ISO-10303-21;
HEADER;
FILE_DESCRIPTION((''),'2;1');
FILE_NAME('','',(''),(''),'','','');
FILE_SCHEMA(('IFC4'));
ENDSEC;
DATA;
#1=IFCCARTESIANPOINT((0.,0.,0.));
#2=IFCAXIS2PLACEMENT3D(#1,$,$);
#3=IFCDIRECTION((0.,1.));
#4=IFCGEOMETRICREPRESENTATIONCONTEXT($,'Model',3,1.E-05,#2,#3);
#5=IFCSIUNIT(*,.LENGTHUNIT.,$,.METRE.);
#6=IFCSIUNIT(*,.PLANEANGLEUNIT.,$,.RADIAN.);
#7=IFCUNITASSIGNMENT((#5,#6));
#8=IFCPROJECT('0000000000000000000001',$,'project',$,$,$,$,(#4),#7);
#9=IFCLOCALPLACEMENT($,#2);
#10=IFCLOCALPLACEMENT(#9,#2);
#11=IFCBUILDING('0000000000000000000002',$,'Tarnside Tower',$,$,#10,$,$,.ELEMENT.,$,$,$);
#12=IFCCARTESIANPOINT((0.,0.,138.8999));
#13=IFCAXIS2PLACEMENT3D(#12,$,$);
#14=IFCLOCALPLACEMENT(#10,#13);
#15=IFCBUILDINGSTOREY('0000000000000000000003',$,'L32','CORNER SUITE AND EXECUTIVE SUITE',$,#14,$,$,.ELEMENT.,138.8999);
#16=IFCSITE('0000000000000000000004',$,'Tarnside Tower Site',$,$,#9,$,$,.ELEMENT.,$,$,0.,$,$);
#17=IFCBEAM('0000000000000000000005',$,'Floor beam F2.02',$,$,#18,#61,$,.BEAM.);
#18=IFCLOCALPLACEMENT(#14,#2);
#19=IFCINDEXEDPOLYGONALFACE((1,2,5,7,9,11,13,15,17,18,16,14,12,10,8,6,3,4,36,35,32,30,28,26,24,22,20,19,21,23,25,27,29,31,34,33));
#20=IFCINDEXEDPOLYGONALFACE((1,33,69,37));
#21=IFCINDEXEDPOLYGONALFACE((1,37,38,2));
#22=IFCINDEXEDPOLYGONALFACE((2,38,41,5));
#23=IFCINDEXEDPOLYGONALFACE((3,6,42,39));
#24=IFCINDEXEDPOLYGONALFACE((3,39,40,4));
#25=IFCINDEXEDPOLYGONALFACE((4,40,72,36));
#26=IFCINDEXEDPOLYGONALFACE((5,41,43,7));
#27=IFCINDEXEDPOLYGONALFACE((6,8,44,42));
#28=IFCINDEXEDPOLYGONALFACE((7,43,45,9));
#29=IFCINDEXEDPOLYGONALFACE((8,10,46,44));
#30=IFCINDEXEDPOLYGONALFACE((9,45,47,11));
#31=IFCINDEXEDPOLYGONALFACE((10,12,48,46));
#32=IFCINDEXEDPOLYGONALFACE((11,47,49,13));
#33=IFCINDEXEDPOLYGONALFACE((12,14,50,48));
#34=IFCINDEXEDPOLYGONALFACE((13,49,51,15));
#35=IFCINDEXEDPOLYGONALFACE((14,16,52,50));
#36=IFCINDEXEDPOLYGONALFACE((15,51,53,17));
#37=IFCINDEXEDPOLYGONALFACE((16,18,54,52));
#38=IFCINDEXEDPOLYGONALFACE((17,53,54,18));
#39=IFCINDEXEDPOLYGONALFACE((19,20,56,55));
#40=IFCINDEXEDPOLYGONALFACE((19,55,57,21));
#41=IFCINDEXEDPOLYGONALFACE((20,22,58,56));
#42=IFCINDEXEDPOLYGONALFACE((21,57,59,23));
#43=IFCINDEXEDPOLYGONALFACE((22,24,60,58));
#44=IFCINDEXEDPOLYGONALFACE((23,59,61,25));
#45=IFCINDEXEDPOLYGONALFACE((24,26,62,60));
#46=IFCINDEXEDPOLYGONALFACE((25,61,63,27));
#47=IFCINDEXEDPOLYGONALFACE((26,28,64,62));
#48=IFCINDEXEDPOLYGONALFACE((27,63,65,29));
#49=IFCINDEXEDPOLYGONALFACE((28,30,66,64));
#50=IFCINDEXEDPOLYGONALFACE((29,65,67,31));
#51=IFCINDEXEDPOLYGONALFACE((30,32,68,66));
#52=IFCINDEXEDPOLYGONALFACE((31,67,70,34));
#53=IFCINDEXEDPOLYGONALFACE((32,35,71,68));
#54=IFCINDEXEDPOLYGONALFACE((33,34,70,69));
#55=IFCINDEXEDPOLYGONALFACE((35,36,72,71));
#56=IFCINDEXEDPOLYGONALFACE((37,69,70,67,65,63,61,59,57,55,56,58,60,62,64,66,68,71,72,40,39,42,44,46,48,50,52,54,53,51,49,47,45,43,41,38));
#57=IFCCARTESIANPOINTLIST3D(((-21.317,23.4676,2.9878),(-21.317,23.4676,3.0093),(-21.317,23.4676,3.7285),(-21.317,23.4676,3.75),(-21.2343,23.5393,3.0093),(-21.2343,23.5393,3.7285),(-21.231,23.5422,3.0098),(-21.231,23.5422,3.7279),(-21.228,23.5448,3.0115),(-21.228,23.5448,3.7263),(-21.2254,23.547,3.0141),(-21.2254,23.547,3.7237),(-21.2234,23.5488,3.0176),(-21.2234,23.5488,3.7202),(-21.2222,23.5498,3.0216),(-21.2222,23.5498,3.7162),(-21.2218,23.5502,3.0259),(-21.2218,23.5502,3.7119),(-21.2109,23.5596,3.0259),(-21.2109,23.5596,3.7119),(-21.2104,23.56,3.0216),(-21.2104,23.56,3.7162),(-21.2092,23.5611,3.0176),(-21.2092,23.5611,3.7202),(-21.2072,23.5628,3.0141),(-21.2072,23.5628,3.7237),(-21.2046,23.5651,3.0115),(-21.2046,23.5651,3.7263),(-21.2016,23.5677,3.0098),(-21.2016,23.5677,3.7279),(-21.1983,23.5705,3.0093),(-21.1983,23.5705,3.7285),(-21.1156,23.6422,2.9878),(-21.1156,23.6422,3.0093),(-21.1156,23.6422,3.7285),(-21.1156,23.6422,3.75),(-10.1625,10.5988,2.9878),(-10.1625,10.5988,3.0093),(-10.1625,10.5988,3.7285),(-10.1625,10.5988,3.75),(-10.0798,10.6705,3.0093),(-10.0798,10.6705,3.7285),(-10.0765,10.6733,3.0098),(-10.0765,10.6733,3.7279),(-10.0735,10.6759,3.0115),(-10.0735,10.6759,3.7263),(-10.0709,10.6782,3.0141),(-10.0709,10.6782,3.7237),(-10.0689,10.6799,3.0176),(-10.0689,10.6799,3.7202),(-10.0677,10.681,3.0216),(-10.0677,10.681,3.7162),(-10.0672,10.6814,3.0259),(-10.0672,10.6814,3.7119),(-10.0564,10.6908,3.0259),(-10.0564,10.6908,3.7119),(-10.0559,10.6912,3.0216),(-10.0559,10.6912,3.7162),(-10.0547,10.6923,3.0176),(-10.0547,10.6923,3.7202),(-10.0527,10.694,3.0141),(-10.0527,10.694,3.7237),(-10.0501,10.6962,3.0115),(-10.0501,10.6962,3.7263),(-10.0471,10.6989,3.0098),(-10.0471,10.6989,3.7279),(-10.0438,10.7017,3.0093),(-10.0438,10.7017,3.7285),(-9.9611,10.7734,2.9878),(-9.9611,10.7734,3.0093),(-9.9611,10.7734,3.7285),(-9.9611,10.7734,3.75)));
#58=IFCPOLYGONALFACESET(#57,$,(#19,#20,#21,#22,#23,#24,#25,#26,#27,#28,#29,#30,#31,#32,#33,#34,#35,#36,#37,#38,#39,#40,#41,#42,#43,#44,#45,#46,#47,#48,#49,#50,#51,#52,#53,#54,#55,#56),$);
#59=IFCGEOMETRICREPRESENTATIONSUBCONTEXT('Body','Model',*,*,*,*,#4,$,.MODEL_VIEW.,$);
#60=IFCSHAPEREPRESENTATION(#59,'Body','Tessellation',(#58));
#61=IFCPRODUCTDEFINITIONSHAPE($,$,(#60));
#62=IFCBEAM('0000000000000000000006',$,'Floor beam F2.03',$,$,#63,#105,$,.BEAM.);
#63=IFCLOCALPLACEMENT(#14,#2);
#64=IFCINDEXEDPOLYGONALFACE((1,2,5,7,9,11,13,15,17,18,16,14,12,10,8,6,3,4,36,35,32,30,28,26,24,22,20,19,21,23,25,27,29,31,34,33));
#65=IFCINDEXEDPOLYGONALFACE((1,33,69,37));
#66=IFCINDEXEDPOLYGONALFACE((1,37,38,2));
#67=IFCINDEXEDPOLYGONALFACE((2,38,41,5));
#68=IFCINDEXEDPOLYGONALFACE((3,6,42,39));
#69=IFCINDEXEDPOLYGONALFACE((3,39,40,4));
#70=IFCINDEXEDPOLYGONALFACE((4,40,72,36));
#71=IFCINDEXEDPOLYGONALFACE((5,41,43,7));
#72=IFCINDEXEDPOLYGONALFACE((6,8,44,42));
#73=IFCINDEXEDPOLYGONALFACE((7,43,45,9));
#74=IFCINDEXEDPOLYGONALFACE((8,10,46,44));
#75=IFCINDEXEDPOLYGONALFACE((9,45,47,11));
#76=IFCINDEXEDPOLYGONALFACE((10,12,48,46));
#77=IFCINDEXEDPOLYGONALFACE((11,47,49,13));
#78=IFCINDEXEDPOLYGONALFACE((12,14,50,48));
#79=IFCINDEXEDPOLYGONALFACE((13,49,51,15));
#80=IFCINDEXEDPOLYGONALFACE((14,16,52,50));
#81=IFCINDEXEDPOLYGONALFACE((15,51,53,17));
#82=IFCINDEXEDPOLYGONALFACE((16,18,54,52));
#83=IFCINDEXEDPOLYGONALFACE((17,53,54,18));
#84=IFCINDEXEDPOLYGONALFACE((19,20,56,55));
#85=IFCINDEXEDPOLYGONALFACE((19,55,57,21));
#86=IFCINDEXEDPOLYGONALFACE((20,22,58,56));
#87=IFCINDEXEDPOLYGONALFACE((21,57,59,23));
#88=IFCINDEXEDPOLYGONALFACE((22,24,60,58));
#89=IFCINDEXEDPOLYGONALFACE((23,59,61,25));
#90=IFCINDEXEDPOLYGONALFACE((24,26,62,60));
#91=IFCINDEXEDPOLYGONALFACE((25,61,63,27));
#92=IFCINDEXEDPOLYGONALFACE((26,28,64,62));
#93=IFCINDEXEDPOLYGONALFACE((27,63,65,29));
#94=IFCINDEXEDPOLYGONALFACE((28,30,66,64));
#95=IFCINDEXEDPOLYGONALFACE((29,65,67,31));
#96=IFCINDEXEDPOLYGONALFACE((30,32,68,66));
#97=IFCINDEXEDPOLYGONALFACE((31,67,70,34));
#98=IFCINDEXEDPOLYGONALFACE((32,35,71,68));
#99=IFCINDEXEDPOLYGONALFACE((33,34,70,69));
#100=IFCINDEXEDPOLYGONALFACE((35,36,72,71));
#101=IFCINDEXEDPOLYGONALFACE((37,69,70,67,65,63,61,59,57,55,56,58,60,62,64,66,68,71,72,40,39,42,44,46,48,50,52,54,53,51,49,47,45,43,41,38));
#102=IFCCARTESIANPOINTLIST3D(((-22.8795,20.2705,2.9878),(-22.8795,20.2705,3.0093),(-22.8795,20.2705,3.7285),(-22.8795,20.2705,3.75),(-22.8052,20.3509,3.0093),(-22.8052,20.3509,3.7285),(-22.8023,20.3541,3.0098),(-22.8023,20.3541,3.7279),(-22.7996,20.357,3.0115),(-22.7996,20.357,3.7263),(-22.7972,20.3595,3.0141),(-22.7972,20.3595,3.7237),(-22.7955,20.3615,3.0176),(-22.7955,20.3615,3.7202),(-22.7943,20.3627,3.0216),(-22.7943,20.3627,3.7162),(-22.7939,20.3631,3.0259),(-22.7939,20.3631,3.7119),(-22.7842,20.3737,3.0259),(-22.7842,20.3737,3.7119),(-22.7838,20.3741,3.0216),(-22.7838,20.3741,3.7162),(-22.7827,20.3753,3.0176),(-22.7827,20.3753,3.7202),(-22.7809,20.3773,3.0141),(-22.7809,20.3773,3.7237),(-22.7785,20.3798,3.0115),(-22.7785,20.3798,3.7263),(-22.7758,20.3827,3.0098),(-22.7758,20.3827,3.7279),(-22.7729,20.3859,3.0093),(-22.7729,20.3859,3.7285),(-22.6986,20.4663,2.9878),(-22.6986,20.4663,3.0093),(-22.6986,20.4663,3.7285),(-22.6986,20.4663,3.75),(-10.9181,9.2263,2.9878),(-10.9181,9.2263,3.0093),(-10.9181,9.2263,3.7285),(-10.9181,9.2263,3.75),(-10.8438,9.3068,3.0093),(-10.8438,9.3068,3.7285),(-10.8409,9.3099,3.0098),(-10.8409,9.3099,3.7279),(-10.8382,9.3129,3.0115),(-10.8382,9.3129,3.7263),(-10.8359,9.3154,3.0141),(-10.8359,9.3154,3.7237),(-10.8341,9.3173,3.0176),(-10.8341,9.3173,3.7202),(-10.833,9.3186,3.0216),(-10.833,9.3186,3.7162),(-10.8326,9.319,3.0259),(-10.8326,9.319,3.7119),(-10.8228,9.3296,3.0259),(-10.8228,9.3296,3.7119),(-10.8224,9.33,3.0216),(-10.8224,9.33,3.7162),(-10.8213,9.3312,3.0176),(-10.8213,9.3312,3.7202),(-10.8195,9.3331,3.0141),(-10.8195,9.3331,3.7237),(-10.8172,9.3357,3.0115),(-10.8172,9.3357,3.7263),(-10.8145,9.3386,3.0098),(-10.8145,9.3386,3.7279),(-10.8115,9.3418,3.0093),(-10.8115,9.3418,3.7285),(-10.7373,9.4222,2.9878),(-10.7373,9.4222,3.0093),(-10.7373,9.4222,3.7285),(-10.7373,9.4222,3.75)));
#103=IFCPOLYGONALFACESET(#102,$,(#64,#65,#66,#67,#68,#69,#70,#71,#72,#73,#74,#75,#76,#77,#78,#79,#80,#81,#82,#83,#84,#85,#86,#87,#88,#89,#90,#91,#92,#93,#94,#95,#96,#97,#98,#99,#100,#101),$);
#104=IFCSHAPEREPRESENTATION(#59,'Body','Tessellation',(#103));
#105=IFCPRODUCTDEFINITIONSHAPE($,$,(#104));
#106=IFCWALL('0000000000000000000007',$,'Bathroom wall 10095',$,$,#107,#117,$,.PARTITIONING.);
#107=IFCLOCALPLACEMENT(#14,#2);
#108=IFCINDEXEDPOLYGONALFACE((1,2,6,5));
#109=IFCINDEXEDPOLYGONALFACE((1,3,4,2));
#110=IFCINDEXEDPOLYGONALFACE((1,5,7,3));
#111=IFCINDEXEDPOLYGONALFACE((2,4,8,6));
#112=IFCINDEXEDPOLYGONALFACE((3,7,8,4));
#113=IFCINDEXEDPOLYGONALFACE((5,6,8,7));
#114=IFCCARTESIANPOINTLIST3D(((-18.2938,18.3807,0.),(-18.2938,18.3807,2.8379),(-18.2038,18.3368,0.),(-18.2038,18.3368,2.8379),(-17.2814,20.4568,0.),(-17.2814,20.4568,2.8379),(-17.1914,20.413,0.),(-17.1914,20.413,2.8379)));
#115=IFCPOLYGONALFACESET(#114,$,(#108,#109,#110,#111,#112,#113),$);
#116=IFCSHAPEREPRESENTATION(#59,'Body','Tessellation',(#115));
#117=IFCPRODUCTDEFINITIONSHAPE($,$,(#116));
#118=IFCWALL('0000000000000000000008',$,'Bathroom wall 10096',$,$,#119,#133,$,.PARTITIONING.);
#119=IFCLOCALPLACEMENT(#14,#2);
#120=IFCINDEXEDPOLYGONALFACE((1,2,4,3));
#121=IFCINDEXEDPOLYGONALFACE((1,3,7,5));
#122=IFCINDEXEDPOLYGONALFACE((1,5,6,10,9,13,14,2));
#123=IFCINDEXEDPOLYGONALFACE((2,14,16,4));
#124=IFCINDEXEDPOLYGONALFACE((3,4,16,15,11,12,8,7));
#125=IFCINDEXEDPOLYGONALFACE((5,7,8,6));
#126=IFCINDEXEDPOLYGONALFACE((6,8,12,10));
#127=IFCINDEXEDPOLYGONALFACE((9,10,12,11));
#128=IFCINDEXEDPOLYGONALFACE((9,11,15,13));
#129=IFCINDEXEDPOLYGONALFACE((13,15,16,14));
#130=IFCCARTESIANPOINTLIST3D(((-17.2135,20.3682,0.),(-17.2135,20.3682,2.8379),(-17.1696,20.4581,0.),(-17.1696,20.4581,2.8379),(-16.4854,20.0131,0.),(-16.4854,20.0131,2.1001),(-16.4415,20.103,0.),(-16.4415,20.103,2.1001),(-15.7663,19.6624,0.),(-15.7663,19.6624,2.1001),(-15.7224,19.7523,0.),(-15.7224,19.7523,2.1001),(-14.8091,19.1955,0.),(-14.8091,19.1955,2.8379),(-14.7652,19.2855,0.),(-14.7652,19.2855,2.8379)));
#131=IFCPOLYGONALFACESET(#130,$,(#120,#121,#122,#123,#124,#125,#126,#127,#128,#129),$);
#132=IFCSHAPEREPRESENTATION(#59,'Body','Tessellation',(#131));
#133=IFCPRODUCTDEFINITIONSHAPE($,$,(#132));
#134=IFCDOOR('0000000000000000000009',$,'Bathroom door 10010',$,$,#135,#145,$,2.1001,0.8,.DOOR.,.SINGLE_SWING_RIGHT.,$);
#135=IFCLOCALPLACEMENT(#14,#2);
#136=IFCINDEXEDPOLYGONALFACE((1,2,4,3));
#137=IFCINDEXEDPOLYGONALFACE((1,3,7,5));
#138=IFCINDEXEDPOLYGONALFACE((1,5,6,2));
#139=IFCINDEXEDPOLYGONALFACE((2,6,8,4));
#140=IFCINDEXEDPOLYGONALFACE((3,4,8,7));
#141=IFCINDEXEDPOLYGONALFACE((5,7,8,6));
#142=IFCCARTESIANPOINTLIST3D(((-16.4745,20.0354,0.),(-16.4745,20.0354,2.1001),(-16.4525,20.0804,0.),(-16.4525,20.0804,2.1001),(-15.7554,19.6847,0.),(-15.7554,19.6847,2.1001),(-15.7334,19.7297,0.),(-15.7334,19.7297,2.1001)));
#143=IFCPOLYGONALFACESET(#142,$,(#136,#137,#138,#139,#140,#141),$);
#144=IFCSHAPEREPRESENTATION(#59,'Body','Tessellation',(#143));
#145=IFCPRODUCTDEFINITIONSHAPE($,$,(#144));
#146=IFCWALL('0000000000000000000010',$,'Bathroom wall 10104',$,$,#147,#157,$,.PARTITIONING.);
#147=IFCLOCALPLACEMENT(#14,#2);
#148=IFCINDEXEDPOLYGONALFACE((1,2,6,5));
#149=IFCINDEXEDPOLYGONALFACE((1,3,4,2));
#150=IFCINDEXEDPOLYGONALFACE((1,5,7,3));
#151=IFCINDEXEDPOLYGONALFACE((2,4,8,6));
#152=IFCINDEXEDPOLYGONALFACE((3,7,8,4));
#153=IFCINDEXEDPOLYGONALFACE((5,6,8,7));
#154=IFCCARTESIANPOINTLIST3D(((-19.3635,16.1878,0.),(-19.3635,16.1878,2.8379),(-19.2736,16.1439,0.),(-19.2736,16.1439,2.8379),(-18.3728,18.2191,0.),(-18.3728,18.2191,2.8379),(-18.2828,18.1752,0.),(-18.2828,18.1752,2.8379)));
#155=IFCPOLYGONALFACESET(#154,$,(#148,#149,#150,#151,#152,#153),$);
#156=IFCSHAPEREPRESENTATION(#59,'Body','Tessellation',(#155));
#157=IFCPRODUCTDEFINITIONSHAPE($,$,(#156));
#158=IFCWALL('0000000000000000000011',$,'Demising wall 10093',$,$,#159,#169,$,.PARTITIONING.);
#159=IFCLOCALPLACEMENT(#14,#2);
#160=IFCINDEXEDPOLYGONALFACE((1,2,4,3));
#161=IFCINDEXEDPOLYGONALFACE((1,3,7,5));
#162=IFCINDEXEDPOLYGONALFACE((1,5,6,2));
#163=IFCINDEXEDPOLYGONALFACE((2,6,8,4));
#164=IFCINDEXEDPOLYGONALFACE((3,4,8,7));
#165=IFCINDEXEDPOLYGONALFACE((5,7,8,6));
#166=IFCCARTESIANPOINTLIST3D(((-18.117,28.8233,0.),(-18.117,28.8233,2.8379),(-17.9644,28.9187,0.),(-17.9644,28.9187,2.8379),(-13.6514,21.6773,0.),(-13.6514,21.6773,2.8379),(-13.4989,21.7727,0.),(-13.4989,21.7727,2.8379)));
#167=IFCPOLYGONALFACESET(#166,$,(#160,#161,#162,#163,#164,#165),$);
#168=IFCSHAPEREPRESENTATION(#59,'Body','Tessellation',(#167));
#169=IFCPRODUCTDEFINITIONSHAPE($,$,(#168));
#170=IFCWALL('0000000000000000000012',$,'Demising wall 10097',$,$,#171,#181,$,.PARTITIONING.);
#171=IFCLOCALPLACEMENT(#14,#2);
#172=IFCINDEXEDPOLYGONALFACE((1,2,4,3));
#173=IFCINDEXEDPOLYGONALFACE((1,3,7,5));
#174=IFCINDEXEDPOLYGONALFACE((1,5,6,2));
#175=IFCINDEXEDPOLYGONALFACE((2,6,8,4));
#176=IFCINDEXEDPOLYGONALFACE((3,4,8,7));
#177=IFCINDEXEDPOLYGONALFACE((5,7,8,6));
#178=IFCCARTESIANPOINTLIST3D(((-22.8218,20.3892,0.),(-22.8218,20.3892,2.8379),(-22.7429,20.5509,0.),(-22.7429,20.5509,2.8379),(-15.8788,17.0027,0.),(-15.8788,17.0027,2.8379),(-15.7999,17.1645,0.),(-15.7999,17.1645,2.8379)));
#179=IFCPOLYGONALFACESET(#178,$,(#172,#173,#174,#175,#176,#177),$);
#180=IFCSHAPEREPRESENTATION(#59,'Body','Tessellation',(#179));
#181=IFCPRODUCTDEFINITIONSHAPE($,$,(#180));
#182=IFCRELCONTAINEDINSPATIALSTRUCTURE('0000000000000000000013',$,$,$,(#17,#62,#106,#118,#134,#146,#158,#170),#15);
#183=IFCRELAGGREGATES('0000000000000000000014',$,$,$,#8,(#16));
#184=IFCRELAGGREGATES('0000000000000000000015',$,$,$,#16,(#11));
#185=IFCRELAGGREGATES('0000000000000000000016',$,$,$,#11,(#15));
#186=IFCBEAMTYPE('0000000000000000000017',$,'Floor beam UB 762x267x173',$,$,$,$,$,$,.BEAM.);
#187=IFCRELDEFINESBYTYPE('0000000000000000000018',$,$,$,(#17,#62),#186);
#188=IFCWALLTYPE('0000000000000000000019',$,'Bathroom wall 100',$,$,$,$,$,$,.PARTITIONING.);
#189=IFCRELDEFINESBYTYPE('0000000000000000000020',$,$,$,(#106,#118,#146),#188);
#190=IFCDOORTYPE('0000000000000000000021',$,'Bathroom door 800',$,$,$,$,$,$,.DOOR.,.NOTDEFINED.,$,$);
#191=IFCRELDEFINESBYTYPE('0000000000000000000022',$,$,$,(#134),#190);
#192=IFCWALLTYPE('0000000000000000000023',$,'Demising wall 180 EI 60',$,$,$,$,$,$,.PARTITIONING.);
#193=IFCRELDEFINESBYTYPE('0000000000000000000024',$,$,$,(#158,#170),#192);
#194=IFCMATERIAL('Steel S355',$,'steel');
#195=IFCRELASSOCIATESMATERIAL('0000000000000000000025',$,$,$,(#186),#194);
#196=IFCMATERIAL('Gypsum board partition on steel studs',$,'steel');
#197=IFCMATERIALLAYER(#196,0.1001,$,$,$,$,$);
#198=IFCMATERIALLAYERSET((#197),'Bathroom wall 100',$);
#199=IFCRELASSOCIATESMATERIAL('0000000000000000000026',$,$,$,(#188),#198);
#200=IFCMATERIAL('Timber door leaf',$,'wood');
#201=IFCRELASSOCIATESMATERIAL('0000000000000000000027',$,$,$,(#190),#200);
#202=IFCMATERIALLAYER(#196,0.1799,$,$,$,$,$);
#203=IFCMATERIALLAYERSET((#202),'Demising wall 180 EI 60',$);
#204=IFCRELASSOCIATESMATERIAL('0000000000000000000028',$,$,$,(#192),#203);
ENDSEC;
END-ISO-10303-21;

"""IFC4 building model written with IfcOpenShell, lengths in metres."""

from ifc_helpers import new_model, si_unit, direction, frame, frame_2d, origin, origin_2d, place, context, subcontext, project, spatial, rectangle, i_section, extrude, material, layer, layer_set, material_profile, profile_set, type_object, element, fill, save


model = new_model("IFC4")

# Units and contexts
model_context = context("Model", 3, precision=1e-05, world=origin(), true_north=direction((0.0, 1.0)))
body_context = subcontext(model_context, "Body", "Model", "MODEL_VIEW")
ifc_project = project(units=[si_unit("LENGTHUNIT", "METRE"), si_unit("PLANEANGLEUNIT", "RADIAN")], contexts=[model_context])

# Site, building, storey
site_placement = place(None, origin())
site = spatial("IfcSite", under=ifc_project, at=site_placement, Name="Tarnside Tower Site", CompositionType="ELEMENT", RefElevation=0.0)
building_placement = place(site_placement, origin())
building = spatial("IfcBuilding", under=site, at=building_placement, Name="Tarnside Tower", CompositionType="ELEMENT")
storey_placement = place(building_placement, frame((0.0, 0.0, 138.8999)))
storey = spatial("IfcBuildingStorey", under=building, at=storey_placement, Name="L32", Description="CORNER SUITE AND EXECUTIVE SUITE", CompositionType="ELEMENT", Elevation=138.8999)

# Beams
ifc_material_1 = material(Name="Steel S355", Category="steel")
ifc_material_profile_1 = material_profile(ifc_material_1, i_section(OverallWidth=0.2666, OverallDepth=0.7622, WebThickness=0.0144, FlangeThickness=0.0215, FilletRadius=0.0166, at=origin_2d()), Name="UB 762x267x173")
ifc_profile_set_1 = profile_set([ifc_material_profile_1], Name="Steel S355")
beam_type_1 = type_object("IfcBeamType", Name="Floor beam UB 762x267x173", PredefinedType="BEAM", material=ifc_profile_set_1)
beam_1_placement = place(storey_placement, frame((-21.2163, 23.5549, 3.3689), z_axis=(0.654981, -0.755646, 0.0), x_axis=(0.755646, 0.654981, 0.0)))
element("IfcBeam", 1, at=beam_1_placement, inside=storey, type_object=beam_type_1, Name="Floor beam F2.02", PredefinedType="BEAM", context=body_context, shape_type="SweptSolid", body=[
    extrude(i_section(OverallWidth=0.2666, OverallDepth=0.7622, WebThickness=0.0144, FlangeThickness=0.0215, FilletRadius=0.0166, at=origin_2d()), origin(), (0.0, 0.0, 1.0), 17.0303),
])
beam_2_placement = place(storey_placement, frame((-22.7891, 20.3684, 3.3689), z_axis=(0.734715, -0.678375, 0.0), x_axis=(0.678375, 0.734715, 0.0)))
element("IfcBeam", 2, at=beam_2_placement, inside=storey, type_object=beam_type_1, Name="Floor beam F2.03", PredefinedType="BEAM", context=body_context, shape_type="SweptSolid", body=[
    extrude(i_section(OverallWidth=0.2666, OverallDepth=0.7622, WebThickness=0.0144, FlangeThickness=0.0215, FilletRadius=0.0166, at=origin_2d()), origin(), (0.0, 0.0, 1.0), 16.2803),
])

# Wall
ifc_material_2 = material(Name="Gypsum board partition on steel studs", Category="steel")
ifc_layer_1 = layer(ifc_material_2, 0.1001)
ifc_layer_set_1 = layer_set([ifc_layer_1], Name="Bathroom wall 100")
wall_type_1 = type_object("IfcWallType", Name="Bathroom wall 100", PredefinedType="PARTITIONING", material=ifc_layer_set_1)
wall_1_placement = place(storey_placement, frame((-18.2488, 18.3589, 0.0), z_axis=(0.0, 0.0, 1.0), x_axis=(0.438313, 0.898822, 0.0)))
element("IfcWall", 3, at=wall_1_placement, inside=storey, type_object=wall_type_1, Name="Bathroom wall 10095", PredefinedType="PARTITIONING", context=body_context, shape_type="SweptSolid", body=[
    extrude(rectangle(XDim=2.3098, YDim=0.1001, at=frame_2d((1.1548, 0.0))), origin(), (0.0, 0.0, 1.0), 2.8379),
])

# Wall, opening, door
wall_2_placement = place(storey_placement, frame((-17.1914, 20.4131, 0.0), z_axis=(0.0, 0.0, 1.0), x_axis=(0.898801, -0.438357, 0.0)))
wall_2 = element("IfcWall", 4, at=wall_2_placement, inside=storey, type_object=wall_type_1, Name="Bathroom wall 10096", PredefinedType="PARTITIONING", context=body_context, shape_type="SweptSolid", body=[
    extrude(rectangle(XDim=2.675, YDim=0.1001, at=frame_2d((1.3374, 0.0))), origin(), (0.0, 0.0, 1.0), 2.8379),
])
opening_1_placement = place(wall_2_placement, frame((0.8101, 0.0, 0.0)))
opening_1 = element("IfcOpeningElement", 5, at=opening_1_placement, cuts=wall_2, PredefinedType="OPENING", context=body_context, shape_type="SweptSolid", body=[
    extrude(rectangle(XDim=0.8, YDim=2.1001, at=frame_2d((0.3999, 1.05))), frame((0.0, 0.0601, 0.0), z_axis=(0.0, -1.0, 0.0), x_axis=(1.0, 0.0, 0.0)), (0.0, 0.0, 1.0), 0.1201),
])
ifc_material_3 = material(Name="Timber door leaf", Category="wood")
door_type_1 = type_object("IfcDoorType", Name="Bathroom door 800", OperationType="NOTDEFINED", PredefinedType="DOOR", material=ifc_material_3)
door_1_placement = place(opening_1_placement, origin())
door_1 = element("IfcDoor", 6, at=door_1_placement, inside=storey, type_object=door_type_1, Name="Bathroom door 10010", OperationType="SINGLE_SWING_RIGHT", OverallHeight=2.1001, OverallWidth=0.8, PredefinedType="DOOR", context=body_context, shape_type="SweptSolid", body=[
    extrude(rectangle(XDim=0.8, YDim=2.1001, at=frame_2d((0.3999, 1.05))), frame((0.0, 0.0249, 0.0), z_axis=(0.0, -1.0, 0.0), x_axis=(1.0, 0.0, 0.0)), (0.0, 0.0, 1.0), 0.05),
])
fill(opening_1, door_1)

# Walls
wall_3_placement = place(storey_placement, frame((-18.3279, 18.197, 0.0), z_axis=(0.0, 0.0, 1.0), x_axis=(-0.438377, -0.898791, 0.0)))
element("IfcWall", 7, at=wall_3_placement, inside=storey, type_object=wall_type_1, Name="Bathroom wall 10104", PredefinedType="PARTITIONING", context=body_context, shape_type="SweptSolid", body=[
    extrude(rectangle(XDim=2.26, YDim=0.1001, at=frame_2d((1.1299, 0.0))), origin(), (0.0, 0.0, 1.0), 2.8379),
])
ifc_layer_2 = layer(ifc_material_2, 0.1799)
ifc_layer_set_2 = layer_set([ifc_layer_2], Name="Demising wall 180 EI 60")
wall_type_2 = type_object("IfcWallType", Name="Demising wall 180 EI 60", PredefinedType="PARTITIONING", material=ifc_layer_set_2)
wall_4_placement = place(storey_placement, frame((-18.0408, 28.8711, 0.0), z_axis=(0.0, 0.0, 1.0), x_axis=(0.529942, -0.848034, 0.0)))
element("IfcWall", 8, at=wall_4_placement, inside=storey, type_object=wall_type_2, Name="Demising wall 10093", PredefinedType="PARTITIONING", context=body_context, shape_type="SweptSolid", body=[
    extrude(rectangle(XDim=8.4265, YDim=0.1799, at=frame_2d((4.2134, 0.0))), origin(), (0.0, 0.0, 1.0), 2.8379),
])
wall_5_placement = place(storey_placement, frame((-22.7822, 20.47, 0.0), z_axis=(0.0, 0.0, 1.0), x_axis=(0.898789, -0.438381, 0.0)))
element("IfcWall", 9, at=wall_5_placement, inside=storey, type_object=wall_type_2, Name="Demising wall 10097", PredefinedType="PARTITIONING", context=body_context, shape_type="SweptSolid", body=[
    extrude(rectangle(XDim=7.7249, YDim=0.1799, at=frame_2d((3.8623, 0.0))), origin(), (0.0, 0.0, 1.0), 2.8379),
])

save(model, "model.ifc")
